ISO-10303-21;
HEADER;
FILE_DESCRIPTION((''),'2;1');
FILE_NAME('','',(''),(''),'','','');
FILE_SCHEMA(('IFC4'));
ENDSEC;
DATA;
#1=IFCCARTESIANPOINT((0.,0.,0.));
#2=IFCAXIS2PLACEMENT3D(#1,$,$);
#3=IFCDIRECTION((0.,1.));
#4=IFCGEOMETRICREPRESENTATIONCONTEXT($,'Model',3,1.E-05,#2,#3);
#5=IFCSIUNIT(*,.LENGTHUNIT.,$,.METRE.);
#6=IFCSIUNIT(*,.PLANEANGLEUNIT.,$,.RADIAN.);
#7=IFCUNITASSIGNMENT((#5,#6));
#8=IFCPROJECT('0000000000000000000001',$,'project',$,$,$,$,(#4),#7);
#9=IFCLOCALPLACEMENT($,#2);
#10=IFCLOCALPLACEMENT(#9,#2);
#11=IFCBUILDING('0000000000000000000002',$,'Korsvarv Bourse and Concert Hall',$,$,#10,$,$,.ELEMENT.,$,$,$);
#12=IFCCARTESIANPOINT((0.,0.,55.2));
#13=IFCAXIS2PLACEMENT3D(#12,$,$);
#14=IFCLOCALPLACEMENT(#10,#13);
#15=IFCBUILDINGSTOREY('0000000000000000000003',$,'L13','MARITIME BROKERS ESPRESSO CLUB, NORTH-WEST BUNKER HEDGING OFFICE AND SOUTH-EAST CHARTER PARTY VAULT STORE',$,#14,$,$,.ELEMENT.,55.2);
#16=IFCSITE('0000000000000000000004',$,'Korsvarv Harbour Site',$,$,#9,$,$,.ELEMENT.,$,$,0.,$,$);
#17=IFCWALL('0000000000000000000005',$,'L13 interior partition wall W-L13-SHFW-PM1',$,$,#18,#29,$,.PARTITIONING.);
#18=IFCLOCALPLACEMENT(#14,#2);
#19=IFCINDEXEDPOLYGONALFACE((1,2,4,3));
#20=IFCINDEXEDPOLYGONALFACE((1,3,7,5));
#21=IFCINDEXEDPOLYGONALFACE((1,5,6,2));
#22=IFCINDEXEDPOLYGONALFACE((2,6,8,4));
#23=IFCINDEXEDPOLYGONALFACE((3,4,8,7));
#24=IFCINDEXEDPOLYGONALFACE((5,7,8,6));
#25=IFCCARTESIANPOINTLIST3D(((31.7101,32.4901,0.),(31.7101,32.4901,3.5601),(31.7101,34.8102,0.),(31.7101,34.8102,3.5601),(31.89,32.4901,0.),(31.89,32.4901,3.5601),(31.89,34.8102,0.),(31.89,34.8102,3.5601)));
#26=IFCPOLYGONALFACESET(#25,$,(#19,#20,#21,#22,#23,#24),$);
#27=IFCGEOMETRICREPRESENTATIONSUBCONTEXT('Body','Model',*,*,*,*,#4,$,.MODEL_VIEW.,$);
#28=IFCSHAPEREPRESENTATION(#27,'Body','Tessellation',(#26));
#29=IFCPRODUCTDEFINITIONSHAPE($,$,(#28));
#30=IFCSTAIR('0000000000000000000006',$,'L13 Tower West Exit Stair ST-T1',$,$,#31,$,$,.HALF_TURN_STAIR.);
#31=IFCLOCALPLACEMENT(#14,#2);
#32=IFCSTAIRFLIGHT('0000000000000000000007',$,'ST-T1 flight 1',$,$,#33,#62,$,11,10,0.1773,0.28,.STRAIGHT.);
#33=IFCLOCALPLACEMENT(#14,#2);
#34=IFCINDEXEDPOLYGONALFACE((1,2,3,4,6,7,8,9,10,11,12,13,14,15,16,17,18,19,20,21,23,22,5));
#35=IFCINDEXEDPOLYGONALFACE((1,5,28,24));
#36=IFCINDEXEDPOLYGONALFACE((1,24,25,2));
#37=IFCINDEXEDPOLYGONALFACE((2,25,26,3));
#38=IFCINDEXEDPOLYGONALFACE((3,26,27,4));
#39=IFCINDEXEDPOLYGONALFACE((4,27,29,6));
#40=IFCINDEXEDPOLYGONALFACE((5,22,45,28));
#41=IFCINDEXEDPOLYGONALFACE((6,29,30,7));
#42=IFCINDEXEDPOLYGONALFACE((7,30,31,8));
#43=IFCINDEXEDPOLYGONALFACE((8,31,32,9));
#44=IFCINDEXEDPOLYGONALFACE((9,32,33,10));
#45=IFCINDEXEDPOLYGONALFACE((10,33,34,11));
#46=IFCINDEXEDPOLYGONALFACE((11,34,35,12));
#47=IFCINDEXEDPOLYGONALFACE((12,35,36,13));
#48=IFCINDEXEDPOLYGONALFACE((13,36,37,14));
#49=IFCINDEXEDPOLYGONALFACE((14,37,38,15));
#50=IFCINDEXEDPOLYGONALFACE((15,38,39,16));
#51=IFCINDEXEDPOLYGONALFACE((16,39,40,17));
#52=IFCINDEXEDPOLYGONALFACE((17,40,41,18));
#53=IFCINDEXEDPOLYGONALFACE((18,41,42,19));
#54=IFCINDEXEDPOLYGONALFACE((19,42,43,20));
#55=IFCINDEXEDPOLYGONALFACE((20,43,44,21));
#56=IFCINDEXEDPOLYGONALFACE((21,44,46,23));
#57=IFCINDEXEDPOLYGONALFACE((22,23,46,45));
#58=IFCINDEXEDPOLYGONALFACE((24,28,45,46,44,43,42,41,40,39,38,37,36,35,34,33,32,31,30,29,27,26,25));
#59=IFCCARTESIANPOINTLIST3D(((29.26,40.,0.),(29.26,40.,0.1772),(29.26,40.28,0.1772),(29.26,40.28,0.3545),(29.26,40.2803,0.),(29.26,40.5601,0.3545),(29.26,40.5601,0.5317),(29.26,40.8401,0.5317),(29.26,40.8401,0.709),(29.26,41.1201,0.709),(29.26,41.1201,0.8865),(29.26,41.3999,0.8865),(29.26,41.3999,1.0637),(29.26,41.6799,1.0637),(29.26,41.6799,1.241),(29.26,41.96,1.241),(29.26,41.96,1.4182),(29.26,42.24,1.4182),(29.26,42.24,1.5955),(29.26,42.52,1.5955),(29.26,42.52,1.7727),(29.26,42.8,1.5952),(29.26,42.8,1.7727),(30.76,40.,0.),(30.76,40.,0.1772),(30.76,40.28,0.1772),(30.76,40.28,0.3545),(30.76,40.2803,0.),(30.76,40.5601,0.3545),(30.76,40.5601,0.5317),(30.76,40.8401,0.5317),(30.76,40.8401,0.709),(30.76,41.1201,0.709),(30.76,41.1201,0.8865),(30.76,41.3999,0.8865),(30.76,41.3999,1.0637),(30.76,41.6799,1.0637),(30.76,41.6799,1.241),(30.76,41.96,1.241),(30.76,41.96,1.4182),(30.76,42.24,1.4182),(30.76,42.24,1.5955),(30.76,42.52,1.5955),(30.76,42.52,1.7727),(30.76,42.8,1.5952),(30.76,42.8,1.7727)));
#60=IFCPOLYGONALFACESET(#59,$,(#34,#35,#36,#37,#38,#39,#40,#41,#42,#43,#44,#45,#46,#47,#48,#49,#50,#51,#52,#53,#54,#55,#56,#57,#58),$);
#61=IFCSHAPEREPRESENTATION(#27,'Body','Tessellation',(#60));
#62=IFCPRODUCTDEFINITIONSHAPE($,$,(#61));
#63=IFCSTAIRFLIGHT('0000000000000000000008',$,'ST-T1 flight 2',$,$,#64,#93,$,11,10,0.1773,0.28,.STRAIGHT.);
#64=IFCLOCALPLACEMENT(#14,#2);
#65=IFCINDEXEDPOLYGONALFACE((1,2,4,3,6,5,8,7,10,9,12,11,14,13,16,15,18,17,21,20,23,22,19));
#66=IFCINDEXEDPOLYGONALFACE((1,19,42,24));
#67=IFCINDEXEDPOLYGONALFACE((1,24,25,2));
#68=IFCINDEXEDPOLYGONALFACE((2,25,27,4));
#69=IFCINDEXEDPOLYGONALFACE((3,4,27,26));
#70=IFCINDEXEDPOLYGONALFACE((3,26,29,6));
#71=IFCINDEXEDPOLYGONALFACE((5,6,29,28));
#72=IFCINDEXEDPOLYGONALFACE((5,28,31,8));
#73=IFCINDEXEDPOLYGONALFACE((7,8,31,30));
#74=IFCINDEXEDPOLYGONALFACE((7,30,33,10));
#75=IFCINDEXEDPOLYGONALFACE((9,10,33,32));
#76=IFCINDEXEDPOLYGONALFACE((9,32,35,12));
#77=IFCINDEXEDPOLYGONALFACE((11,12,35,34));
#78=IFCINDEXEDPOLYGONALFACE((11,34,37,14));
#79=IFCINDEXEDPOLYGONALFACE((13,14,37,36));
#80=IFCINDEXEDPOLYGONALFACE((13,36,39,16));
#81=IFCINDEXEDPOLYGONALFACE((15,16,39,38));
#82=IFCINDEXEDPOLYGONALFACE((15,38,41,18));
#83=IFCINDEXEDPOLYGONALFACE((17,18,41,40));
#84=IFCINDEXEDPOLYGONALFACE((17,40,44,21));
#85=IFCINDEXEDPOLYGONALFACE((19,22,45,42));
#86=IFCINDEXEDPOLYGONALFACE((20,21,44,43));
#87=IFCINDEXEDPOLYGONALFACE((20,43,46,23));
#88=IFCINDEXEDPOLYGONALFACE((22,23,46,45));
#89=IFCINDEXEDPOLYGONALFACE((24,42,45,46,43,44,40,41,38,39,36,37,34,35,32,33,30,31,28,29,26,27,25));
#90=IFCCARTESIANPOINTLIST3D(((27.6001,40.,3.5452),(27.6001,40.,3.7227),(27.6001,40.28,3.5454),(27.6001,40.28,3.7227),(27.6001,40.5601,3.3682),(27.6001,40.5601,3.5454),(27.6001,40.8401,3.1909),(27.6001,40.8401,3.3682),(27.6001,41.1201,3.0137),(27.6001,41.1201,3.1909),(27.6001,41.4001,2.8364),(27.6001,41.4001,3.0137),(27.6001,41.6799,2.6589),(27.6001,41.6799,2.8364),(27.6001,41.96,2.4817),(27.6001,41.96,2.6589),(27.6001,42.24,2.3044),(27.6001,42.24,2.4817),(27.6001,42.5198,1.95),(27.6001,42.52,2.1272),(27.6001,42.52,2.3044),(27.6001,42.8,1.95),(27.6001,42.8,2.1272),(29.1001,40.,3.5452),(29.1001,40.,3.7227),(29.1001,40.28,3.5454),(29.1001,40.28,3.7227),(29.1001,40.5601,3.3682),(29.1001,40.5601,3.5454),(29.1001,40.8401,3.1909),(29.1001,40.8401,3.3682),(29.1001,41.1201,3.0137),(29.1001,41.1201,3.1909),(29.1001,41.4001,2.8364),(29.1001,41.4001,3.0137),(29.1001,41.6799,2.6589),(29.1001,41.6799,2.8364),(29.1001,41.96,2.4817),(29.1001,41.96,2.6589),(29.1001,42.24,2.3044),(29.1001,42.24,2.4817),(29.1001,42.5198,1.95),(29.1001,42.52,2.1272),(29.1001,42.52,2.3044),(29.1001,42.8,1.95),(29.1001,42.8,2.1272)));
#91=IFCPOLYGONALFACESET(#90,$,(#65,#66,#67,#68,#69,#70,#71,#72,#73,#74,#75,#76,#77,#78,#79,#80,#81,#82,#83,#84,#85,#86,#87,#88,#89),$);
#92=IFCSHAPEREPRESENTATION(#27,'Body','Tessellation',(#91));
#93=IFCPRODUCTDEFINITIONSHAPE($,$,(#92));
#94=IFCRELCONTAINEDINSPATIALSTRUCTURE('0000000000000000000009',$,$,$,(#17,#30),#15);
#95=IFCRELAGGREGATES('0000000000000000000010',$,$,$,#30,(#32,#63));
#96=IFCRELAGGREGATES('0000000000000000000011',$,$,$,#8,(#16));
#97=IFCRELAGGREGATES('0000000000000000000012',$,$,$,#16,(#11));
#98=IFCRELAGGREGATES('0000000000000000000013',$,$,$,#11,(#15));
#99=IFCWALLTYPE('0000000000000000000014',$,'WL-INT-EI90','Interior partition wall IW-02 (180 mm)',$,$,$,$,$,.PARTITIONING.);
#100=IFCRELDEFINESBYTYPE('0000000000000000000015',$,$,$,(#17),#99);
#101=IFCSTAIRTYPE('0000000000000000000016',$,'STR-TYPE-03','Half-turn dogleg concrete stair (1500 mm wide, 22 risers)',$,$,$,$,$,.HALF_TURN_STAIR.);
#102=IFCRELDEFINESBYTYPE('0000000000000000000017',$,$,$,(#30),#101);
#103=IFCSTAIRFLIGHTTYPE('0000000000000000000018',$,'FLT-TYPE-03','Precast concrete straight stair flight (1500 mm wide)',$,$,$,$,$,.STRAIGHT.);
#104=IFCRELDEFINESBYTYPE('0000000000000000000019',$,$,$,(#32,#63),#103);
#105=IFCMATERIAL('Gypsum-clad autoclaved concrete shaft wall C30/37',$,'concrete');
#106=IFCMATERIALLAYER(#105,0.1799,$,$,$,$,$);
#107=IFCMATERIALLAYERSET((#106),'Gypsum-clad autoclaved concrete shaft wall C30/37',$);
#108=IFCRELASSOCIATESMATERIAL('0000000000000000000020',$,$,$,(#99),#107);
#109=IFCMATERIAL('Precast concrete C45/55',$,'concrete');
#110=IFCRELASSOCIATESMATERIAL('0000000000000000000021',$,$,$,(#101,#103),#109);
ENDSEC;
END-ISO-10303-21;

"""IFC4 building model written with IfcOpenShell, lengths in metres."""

from ifc_helpers import new_model, si_unit, direction, frame, frame_2d, origin, place, context, subcontext, project, spatial, polyline, rectangle, outline, extrude, material, layer, layer_set, type_object, element, aggregate, save


model = new_model("IFC4")

# Units and contexts
model_context = context("Model", 3, precision=1e-05, world=origin(), true_north=direction((0.0, 1.0)))
body_context = subcontext(model_context, "Body", "Model", "MODEL_VIEW")
ifc_project = project(units=[si_unit("LENGTHUNIT", "METRE"), si_unit("PLANEANGLEUNIT", "RADIAN")], contexts=[model_context])

# Site, building, storey
site_placement = place(None, origin())
site = spatial("IfcSite", under=ifc_project, at=site_placement, Name="Korsvarv Harbour Site", CompositionType="ELEMENT", RefElevation=0.0)
building_placement = place(site_placement, origin())
building = spatial("IfcBuilding", under=site, at=building_placement, Name="Korsvarv Bourse and Concert Hall", CompositionType="ELEMENT")
storey_placement = place(building_placement, frame((0.0, 0.0, 55.2)))
storey = spatial("IfcBuildingStorey", under=building, at=storey_placement, Name="L13", Description="MARITIME BROKERS ESPRESSO CLUB, NORTH-WEST BUNKER HEDGING OFFICE AND SOUTH-EAST CHARTER PARTY VAULT STORE", CompositionType="ELEMENT", Elevation=55.2)

# Shared definitions
ifc_material_1 = material(Name="Gypsum-clad autoclaved concrete shaft wall C30/37", Category="concrete")
ifc_layer_1 = layer(ifc_material_1, 0.1799)
ifc_layer_set_1 = layer_set([ifc_layer_1], Name="Gypsum-clad autoclaved concrete shaft wall C30/37")
wall_type_1 = type_object("IfcWallType", Name="WL-INT-EI90", Description="Interior partition wall IW-02 (180 mm)", PredefinedType="PARTITIONING", material=ifc_layer_set_1)

# Wall
wall_1_placement = place(storey_placement, frame((31.8, 32.49, 0.0), z_axis=(0.0, 0.0, 1.0), x_axis=(0.0, 1.0, 0.0)))
element("IfcWall", 1, at=wall_1_placement, inside=storey, type_object=wall_type_1, Name="L13 interior partition wall W-L13-SHFW-PM1", PredefinedType="PARTITIONING", context=body_context, shape_type="SweptSolid", body=[
    extrude(rectangle(XDim=2.3201, YDim=0.1799, at=frame_2d((1.1602, 0.0))), origin(), (0.0, 0.0, 1.0), 3.5601),
])

# Stair, stair flights
ifc_material_2 = material(Name="Precast concrete C45/55", Category="concrete")
stair_type = type_object("IfcStairType", Name="STR-TYPE-03", Description="Half-turn dogleg concrete stair (1500 mm wide, 22 risers)", PredefinedType="HALF_TURN_STAIR", material=ifc_material_2)
stair_placement = place(storey_placement, origin())
stair = element("IfcStair", 2, at=stair_placement, inside=storey, type_object=stair_type, Name="L13 Tower West Exit Stair ST-T1", PredefinedType="HALF_TURN_STAIR")
stair_flight_type = type_object("IfcStairFlightType", Name="FLT-TYPE-03", Description="Precast concrete straight stair flight (1500 mm wide)", PredefinedType="STRAIGHT", material=ifc_material_2)
stair_flight_1_placement = place(storey_placement, frame((30.01, 40.0, 0.0), z_axis=(0.0, 0.0, 1.0), x_axis=(0.0, 1.0, 0.0)))
stair_flight_1 = element("IfcStairFlight", 3, at=stair_flight_1_placement, type_object=stair_flight_type, Name="ST-T1 flight 1", NumberOfRisers=11, NumberOfTreads=10, PredefinedType="STRAIGHT", RiserHeight=0.1773, TreadLength=0.28, context=body_context, shape_type="SweptSolid", body=[
    extrude(outline(polyline([(0.0, 0.0), (0.0, 0.1772), (0.28, 0.1772), (0.28, 0.3545), (0.5601, 0.3545), (0.5601, 0.5317), (0.8401, 0.5317), (0.8401, 0.709), (1.1201, 0.709), (1.1201, 0.8865), (1.3999, 0.8865), (1.3999, 1.0637), (1.6799, 1.0637), (1.6799, 1.241), (1.96, 1.241), (1.96, 1.4182), (2.24, 1.4182), (2.24, 1.5955), (2.52, 1.5955), (2.52, 1.7727), (2.8, 1.7727), (2.8, 1.95), (2.8, 1.5952), (0.2803, 0.0), (0.0, 0.0)])), frame((0.0, 0.75, 0.0), z_axis=(0.0, -1.0, 0.0), x_axis=(1.0, 0.0, 0.0)), (0.0, 0.0, 1.0), 1.5),
])
stair_flight_2_placement = place(storey_placement, frame((28.3501, 42.8, 1.95), z_axis=(0.0, 0.0, 1.0), x_axis=(0.0, -1.0, 0.0)))
stair_flight_2 = element("IfcStairFlight", 4, at=stair_flight_2_placement, type_object=stair_flight_type, Name="ST-T1 flight 2", NumberOfRisers=11, NumberOfTreads=10, PredefinedType="STRAIGHT", RiserHeight=0.1773, TreadLength=0.28, context=body_context, shape_type="SweptSolid", body=[
    extrude(outline(polyline([(0.0, 0.0), (0.0, 0.1772), (0.28, 0.1772), (0.28, 0.3545), (0.5601, 0.3545), (0.5601, 0.5317), (0.8401, 0.5317), (0.8401, 0.709), (1.1201, 0.709), (1.1201, 0.8865), (1.3999, 0.8865), (1.3999, 1.0637), (1.6799, 1.0637), (1.6799, 1.241), (1.96, 1.241), (1.96, 1.4182), (2.24, 1.4182), (2.24, 1.5955), (2.52, 1.5955), (2.52, 1.7727), (2.8, 1.7727), (2.8, 1.95), (2.8, 1.5952), (0.2803, 0.0), (0.0, 0.0)])), frame((0.0, 0.75, 0.0), z_axis=(0.0, -1.0, 0.0), x_axis=(1.0, 0.0, 0.0)), (0.0, 0.0, 1.0), 1.5),
])
aggregate(stair, [stair_flight_1, stair_flight_2])

save(model, "model.ifc")
